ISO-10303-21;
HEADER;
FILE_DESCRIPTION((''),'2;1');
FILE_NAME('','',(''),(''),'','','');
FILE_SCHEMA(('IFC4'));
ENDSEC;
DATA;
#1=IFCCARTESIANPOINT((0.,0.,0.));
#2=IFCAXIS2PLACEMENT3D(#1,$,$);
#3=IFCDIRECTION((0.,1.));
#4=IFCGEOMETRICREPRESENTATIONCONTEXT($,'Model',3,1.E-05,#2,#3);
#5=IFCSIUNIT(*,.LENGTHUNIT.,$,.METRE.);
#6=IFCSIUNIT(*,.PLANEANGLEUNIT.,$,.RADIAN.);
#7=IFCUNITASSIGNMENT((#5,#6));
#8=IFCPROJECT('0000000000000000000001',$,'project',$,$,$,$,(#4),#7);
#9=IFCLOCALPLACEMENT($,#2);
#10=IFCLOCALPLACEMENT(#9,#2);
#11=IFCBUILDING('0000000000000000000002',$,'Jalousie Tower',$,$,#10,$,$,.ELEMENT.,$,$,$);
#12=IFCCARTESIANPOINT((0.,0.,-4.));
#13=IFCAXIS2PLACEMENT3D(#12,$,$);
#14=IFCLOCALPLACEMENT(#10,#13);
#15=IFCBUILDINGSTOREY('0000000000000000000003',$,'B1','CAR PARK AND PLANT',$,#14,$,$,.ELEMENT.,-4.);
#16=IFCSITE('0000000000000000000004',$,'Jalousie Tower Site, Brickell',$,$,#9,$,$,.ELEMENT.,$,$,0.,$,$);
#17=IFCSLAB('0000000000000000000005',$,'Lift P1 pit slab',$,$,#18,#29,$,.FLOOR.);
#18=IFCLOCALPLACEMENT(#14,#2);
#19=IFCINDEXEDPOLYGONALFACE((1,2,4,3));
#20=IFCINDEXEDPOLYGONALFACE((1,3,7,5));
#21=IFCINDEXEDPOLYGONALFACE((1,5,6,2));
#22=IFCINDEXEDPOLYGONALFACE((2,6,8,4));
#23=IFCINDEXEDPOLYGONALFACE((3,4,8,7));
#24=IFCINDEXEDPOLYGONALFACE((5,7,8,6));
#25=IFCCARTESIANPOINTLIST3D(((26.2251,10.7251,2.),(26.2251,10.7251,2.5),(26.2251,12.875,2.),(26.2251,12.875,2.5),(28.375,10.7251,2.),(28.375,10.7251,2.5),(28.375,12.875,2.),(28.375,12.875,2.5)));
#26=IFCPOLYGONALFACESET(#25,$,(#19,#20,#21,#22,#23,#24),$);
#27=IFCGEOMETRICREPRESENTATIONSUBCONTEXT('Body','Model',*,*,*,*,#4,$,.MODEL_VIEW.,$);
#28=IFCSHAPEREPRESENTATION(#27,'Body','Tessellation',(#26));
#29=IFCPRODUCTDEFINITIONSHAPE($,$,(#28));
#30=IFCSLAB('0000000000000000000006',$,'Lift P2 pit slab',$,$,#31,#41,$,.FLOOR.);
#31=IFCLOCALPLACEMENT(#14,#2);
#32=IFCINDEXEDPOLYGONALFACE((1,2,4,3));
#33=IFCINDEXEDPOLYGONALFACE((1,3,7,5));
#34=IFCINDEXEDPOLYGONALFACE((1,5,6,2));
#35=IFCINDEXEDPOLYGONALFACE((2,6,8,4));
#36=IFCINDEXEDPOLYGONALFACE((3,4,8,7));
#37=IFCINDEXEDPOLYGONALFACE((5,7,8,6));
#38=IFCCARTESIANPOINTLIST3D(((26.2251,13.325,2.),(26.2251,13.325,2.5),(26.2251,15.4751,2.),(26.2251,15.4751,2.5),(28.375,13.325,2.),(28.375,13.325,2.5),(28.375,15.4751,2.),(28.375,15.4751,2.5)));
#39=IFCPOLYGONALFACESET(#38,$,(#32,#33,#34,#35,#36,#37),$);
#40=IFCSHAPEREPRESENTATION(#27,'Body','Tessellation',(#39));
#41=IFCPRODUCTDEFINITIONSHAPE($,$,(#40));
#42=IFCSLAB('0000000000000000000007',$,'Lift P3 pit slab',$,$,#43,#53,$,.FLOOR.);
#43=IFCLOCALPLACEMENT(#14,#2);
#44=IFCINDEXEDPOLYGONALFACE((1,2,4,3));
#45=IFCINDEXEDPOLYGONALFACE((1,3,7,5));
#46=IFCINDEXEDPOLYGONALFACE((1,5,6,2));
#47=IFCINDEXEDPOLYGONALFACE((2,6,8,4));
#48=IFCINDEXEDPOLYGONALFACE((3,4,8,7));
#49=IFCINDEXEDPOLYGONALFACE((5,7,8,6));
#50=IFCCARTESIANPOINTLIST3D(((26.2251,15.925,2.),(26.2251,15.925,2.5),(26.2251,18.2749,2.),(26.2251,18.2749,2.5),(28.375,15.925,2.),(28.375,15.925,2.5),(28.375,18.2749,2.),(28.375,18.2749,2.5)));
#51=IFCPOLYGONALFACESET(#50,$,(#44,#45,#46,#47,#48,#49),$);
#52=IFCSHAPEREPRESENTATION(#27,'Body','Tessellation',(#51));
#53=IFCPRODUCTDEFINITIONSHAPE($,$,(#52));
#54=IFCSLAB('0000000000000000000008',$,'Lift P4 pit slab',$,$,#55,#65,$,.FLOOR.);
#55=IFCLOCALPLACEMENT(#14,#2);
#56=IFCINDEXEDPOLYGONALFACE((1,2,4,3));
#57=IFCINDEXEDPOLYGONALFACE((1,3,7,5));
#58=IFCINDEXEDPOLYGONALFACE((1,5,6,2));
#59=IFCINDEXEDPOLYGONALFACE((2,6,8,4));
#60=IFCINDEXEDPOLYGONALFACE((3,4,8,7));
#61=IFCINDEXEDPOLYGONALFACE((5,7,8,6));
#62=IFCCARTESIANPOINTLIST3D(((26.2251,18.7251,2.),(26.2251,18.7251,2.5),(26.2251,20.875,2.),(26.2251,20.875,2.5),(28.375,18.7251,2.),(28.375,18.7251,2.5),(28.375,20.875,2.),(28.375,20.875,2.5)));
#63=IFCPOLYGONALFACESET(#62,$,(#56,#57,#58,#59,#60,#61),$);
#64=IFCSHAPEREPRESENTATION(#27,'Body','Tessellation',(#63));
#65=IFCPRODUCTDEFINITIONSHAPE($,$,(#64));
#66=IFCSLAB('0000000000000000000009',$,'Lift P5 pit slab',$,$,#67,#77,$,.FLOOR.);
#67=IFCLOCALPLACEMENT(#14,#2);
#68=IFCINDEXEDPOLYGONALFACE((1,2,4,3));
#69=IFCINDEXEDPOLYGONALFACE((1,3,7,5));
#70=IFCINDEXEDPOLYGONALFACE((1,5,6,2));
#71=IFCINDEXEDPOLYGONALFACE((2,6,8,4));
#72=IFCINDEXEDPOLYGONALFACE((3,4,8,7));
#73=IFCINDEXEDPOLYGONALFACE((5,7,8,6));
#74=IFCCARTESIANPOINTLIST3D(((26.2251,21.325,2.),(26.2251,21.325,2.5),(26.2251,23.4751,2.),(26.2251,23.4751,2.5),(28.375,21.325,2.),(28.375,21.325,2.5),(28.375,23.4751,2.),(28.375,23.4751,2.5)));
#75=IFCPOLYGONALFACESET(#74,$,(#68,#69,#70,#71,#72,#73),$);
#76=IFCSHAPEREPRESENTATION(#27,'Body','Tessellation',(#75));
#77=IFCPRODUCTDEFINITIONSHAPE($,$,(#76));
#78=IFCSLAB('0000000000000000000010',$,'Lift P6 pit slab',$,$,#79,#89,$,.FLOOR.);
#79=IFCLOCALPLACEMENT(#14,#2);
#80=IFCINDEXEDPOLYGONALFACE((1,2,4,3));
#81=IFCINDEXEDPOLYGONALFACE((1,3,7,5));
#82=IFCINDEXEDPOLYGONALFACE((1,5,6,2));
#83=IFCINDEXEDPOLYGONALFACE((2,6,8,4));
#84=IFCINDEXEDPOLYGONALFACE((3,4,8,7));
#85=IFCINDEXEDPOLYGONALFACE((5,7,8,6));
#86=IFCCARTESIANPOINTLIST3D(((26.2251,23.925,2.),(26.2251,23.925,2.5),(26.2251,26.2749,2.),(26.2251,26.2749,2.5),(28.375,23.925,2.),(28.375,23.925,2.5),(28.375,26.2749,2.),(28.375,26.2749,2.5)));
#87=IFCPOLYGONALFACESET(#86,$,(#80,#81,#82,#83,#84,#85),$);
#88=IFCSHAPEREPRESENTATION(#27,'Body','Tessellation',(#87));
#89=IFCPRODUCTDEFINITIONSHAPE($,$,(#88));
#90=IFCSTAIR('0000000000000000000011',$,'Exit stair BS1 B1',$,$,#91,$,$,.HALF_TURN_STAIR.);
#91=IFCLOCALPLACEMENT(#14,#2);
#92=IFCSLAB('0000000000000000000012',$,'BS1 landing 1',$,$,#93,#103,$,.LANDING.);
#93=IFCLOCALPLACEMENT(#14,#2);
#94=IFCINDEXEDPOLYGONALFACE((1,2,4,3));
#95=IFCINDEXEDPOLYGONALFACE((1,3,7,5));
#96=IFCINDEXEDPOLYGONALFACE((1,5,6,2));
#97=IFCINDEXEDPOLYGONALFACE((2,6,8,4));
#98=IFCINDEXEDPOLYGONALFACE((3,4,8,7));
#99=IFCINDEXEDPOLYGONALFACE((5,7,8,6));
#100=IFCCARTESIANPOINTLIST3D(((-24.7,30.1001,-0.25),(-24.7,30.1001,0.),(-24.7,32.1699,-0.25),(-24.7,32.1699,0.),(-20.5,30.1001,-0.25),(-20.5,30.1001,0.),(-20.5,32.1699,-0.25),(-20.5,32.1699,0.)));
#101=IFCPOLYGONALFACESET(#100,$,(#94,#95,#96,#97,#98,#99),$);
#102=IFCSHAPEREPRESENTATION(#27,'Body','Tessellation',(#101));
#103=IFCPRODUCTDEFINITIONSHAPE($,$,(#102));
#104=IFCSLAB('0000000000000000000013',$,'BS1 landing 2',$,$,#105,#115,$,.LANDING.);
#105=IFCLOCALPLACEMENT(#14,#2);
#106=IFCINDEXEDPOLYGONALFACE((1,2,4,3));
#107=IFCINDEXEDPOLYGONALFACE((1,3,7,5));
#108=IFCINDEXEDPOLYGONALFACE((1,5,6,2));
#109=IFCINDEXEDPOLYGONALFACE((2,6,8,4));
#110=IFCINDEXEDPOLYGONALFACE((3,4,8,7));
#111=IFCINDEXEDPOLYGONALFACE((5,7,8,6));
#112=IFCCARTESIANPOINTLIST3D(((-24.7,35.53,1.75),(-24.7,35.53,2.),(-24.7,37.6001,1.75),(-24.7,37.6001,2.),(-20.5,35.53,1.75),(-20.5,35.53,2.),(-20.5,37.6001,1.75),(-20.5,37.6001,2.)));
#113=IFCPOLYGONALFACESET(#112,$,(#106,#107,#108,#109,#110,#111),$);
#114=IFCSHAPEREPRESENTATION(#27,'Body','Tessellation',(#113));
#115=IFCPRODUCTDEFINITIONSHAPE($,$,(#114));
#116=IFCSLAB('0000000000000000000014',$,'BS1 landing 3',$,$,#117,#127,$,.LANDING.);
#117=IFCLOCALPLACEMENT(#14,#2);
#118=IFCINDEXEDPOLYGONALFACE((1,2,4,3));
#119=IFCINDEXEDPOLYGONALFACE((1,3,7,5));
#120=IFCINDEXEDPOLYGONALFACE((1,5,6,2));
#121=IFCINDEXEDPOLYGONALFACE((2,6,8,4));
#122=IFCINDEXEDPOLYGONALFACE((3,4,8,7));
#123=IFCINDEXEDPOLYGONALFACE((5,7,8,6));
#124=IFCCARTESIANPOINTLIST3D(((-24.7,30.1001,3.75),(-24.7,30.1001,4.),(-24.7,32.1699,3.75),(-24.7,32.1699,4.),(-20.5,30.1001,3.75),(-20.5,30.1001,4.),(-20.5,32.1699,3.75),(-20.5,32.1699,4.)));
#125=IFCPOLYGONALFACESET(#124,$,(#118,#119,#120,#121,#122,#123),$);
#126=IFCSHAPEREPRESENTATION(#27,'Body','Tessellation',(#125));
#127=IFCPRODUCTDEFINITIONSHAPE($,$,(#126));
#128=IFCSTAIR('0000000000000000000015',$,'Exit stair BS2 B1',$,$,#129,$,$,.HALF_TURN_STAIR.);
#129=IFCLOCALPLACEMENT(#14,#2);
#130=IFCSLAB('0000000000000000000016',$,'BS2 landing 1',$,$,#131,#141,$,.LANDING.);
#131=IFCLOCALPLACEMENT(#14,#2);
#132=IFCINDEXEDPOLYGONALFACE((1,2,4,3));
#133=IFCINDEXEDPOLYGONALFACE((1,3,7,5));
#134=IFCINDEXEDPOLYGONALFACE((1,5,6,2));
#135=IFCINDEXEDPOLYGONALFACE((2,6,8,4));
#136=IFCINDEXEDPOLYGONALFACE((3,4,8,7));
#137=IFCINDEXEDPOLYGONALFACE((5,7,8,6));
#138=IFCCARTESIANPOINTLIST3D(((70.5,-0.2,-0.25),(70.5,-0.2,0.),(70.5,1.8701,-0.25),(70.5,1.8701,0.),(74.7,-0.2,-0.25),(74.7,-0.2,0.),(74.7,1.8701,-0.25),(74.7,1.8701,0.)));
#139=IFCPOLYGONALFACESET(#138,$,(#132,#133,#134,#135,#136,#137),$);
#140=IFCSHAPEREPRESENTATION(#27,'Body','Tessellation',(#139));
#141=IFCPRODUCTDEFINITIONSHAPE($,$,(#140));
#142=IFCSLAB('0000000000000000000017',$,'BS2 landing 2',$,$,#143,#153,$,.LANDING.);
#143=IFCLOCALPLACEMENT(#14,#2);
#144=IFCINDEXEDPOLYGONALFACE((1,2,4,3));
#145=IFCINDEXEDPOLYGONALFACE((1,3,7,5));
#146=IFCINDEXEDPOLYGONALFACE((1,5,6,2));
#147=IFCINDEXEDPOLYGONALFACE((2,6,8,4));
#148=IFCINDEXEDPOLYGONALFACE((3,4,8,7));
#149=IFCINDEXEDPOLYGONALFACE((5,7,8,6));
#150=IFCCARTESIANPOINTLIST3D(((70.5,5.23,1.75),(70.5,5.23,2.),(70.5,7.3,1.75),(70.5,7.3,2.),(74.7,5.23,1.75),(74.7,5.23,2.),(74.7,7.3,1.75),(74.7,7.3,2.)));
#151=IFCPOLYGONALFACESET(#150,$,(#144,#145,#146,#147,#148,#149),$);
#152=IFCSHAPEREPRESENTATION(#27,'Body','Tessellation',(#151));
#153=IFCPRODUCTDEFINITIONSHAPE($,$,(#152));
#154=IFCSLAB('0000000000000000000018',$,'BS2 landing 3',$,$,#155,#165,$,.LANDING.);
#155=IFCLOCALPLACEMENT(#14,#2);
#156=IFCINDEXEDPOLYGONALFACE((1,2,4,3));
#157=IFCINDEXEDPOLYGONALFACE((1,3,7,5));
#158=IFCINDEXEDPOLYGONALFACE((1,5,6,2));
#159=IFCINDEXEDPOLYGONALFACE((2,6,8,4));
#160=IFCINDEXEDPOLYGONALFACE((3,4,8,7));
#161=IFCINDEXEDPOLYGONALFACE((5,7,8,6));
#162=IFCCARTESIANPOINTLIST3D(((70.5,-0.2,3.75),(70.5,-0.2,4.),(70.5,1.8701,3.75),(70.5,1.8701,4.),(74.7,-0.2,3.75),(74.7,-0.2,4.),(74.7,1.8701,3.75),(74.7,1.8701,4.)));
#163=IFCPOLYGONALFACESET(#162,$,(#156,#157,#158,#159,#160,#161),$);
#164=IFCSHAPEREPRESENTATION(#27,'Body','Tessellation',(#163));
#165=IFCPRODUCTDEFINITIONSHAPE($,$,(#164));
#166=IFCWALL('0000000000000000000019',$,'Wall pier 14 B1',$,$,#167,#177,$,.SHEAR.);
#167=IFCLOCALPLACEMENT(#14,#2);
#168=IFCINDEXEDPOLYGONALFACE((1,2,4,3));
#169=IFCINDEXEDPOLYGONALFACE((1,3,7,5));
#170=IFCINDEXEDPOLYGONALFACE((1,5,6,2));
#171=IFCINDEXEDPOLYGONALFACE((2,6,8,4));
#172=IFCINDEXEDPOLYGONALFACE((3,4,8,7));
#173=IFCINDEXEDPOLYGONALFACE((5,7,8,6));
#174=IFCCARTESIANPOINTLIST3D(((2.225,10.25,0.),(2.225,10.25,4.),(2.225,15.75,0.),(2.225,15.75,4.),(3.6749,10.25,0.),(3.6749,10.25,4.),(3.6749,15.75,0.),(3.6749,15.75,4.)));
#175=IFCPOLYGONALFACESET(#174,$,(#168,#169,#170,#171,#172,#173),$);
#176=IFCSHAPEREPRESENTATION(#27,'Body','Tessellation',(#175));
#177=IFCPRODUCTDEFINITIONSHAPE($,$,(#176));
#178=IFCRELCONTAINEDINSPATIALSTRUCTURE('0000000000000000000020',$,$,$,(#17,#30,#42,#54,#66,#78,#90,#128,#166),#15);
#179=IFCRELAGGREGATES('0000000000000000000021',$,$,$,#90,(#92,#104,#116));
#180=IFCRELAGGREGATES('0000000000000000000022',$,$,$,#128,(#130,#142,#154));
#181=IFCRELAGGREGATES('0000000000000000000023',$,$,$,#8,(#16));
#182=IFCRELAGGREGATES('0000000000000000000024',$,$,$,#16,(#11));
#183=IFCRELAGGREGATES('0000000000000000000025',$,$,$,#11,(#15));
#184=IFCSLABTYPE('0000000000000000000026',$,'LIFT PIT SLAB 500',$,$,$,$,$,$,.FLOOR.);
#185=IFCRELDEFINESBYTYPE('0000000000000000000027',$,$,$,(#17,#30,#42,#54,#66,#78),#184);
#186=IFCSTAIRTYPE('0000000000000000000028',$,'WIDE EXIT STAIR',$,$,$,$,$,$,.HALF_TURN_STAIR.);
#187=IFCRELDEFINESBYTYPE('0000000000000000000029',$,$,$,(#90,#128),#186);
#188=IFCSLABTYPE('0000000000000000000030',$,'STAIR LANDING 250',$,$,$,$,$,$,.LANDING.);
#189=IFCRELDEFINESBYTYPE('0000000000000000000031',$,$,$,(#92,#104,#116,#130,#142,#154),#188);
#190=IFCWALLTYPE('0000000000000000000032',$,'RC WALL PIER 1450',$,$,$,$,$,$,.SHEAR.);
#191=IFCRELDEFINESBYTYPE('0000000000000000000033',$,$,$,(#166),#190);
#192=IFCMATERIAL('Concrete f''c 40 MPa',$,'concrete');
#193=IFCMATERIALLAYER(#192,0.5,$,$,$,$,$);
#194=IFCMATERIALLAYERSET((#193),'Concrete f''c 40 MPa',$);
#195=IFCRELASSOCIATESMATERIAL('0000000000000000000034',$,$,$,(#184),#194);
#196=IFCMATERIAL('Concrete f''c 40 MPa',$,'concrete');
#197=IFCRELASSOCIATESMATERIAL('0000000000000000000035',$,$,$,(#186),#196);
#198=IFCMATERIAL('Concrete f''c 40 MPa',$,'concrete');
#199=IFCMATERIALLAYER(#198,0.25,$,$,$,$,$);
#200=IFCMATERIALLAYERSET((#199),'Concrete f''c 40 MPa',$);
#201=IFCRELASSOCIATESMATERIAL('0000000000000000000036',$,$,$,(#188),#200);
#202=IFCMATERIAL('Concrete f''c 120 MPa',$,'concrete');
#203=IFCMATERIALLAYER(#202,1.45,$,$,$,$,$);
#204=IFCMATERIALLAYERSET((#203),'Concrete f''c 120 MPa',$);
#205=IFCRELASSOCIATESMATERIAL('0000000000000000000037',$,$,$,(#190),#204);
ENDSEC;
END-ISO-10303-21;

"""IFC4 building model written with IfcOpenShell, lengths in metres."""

from ifc_helpers import new_model, si_unit, direction, frame, frame_2d, origin, place, context, subcontext, project, spatial, polyline, rectangle, outline, extrude, material, layer, layer_set, type_object, element, aggregate, save


model = new_model("IFC4")

# Units and contexts
model_context = context("Model", 3, precision=1e-05, world=origin(), true_north=direction((0.0, 1.0)))
body_context = subcontext(model_context, "Body", "Model", "MODEL_VIEW")
ifc_project = project(units=[si_unit("LENGTHUNIT", "METRE"), si_unit("PLANEANGLEUNIT", "RADIAN")], contexts=[model_context])

# Site, building, storey
site_placement = place(None, origin())
site = spatial("IfcSite", under=ifc_project, at=site_placement, Name="Jalousie Tower Site, Brickell", CompositionType="ELEMENT", RefElevation=0.0)
building_placement = place(site_placement, origin())
building = spatial("IfcBuilding", under=site, at=building_placement, Name="Jalousie Tower", CompositionType="ELEMENT")
storey_placement = place(building_placement, frame((0.0, 0.0, -4.0)))
storey = spatial("IfcBuildingStorey", under=building, at=storey_placement, Name="B1", Description="CAR PARK AND PLANT", CompositionType="ELEMENT", Elevation=-4.0)

# Slabs
ifc_material_1 = material(Name="Concrete f'c 40 MPa", Category="concrete")
ifc_layer_1 = layer(ifc_material_1, 0.5)
ifc_layer_set_1 = layer_set([ifc_layer_1], Name="Concrete f'c 40 MPa")
slab_type_1 = type_object("IfcSlabType", Name="LIFT PIT SLAB 500", PredefinedType="FLOOR", material=ifc_layer_set_1)
slab_1_placement = place(storey_placement, frame((0.0, 0.0, 2.0)))
element("IfcSlab", 1, at=slab_1_placement, inside=storey, type_object=slab_type_1, Name="Lift P1 pit slab", PredefinedType="FLOOR", context=body_context, shape_type="SweptSolid", body=[
    extrude(outline(polyline([(26.2251, 10.7251), (28.375, 10.7251), (28.375, 12.875), (26.2251, 12.875), (26.2251, 10.7251)])), origin(), (0.0, 0.0, 1.0), 0.5),
])
slab_2_placement = place(storey_placement, frame((0.0, 0.0, 2.0)))
element("IfcSlab", 2, at=slab_2_placement, inside=storey, type_object=slab_type_1, Name="Lift P2 pit slab", PredefinedType="FLOOR", context=body_context, shape_type="SweptSolid", body=[
    extrude(outline(polyline([(26.2251, 13.325), (28.375, 13.325), (28.375, 15.4751), (26.2251, 15.4751), (26.2251, 13.325)])), origin(), (0.0, 0.0, 1.0), 0.5),
])
slab_3_placement = place(storey_placement, frame((0.0, 0.0, 2.0)))
element("IfcSlab", 3, at=slab_3_placement, inside=storey, type_object=slab_type_1, Name="Lift P3 pit slab", PredefinedType="FLOOR", context=body_context, shape_type="SweptSolid", body=[
    extrude(outline(polyline([(26.2251, 15.925), (28.375, 15.925), (28.375, 18.2749), (26.2251, 18.2749), (26.2251, 15.925)])), origin(), (0.0, 0.0, 1.0), 0.5),
])
slab_4_placement = place(storey_placement, frame((0.0, 0.0, 2.0)))
element("IfcSlab", 4, at=slab_4_placement, inside=storey, type_object=slab_type_1, Name="Lift P4 pit slab", PredefinedType="FLOOR", context=body_context, shape_type="SweptSolid", body=[
    extrude(outline(polyline([(26.2251, 18.7251), (28.375, 18.7251), (28.375, 20.875), (26.2251, 20.875), (26.2251, 18.7251)])), origin(), (0.0, 0.0, 1.0), 0.5),
])
slab_5_placement = place(storey_placement, frame((0.0, 0.0, 2.0)))
element("IfcSlab", 5, at=slab_5_placement, inside=storey, type_object=slab_type_1, Name="Lift P5 pit slab", PredefinedType="FLOOR", context=body_context, shape_type="SweptSolid", body=[
    extrude(outline(polyline([(26.2251, 21.325), (28.375, 21.325), (28.375, 23.4751), (26.2251, 23.4751), (26.2251, 21.325)])), origin(), (0.0, 0.0, 1.0), 0.5),
])
slab_6_placement = place(storey_placement, frame((0.0, 0.0, 2.0)))
element("IfcSlab", 6, at=slab_6_placement, inside=storey, type_object=slab_type_1, Name="Lift P6 pit slab", PredefinedType="FLOOR", context=body_context, shape_type="SweptSolid", body=[
    extrude(outline(polyline([(26.2251, 23.925), (28.375, 23.925), (28.375, 26.2749), (26.2251, 26.2749), (26.2251, 23.925)])), origin(), (0.0, 0.0, 1.0), 0.5),
])

# Stairs, slabs
ifc_material_2 = material(Name="Concrete f'c 40 MPa", Category="concrete")
stair_type = type_object("IfcStairType", Name="WIDE EXIT STAIR", PredefinedType="HALF_TURN_STAIR", material=ifc_material_2)
stair_1_placement = place(storey_placement, origin())
stair_1 = element("IfcStair", 7, at=stair_1_placement, inside=storey, type_object=stair_type, Name="Exit stair BS1 B1", PredefinedType="HALF_TURN_STAIR")
ifc_material_3 = material(Name="Concrete f'c 40 MPa", Category="concrete")
ifc_layer_2 = layer(ifc_material_3, 0.25)
ifc_layer_set_2 = layer_set([ifc_layer_2], Name="Concrete f'c 40 MPa")
slab_type_2 = type_object("IfcSlabType", Name="STAIR LANDING 250", PredefinedType="LANDING", material=ifc_layer_set_2)
slab_7_placement = place(storey_placement, frame((0.0, 0.0, -0.25)))
slab_7 = element("IfcSlab", 8, at=slab_7_placement, type_object=slab_type_2, Name="BS1 landing 1", PredefinedType="LANDING", context=body_context, shape_type="SweptSolid", body=[
    extrude(outline(polyline([(-24.7, 30.1001), (-20.5, 30.1001), (-20.5, 32.1699), (-24.7, 32.1699), (-24.7, 30.1001)])), origin(), (0.0, 0.0, 1.0), 0.25),
])
slab_8_placement = place(storey_placement, frame((0.0, 0.0, 1.75)))
slab_8 = element("IfcSlab", 9, at=slab_8_placement, type_object=slab_type_2, Name="BS1 landing 2", PredefinedType="LANDING", context=body_context, shape_type="SweptSolid", body=[
    extrude(outline(polyline([(-24.7, 35.53), (-20.5, 35.53), (-20.5, 37.6001), (-24.7, 37.6001), (-24.7, 35.53)])), origin(), (0.0, 0.0, 1.0), 0.25),
])
slab_9_placement = place(storey_placement, frame((0.0, 0.0, 3.75)))
slab_9 = element("IfcSlab", 10, at=slab_9_placement, type_object=slab_type_2, Name="BS1 landing 3", PredefinedType="LANDING", context=body_context, shape_type="SweptSolid", body=[
    extrude(outline(polyline([(-24.7, 30.1001), (-20.5, 30.1001), (-20.5, 32.1699), (-24.7, 32.1699), (-24.7, 30.1001)])), origin(), (0.0, 0.0, 1.0), 0.25),
])
aggregate(stair_1, [slab_7, slab_8, slab_9])
stair_2_placement = place(storey_placement, origin())
stair_2 = element("IfcStair", 11, at=stair_2_placement, inside=storey, type_object=stair_type, Name="Exit stair BS2 B1", PredefinedType="HALF_TURN_STAIR")
slab_10_placement = place(storey_placement, frame((0.0, 0.0, -0.25)))
slab_10 = element("IfcSlab", 12, at=slab_10_placement, type_object=slab_type_2, Name="BS2 landing 1", PredefinedType="LANDING", context=body_context, shape_type="SweptSolid", body=[
    extrude(outline(polyline([(70.5, -0.2), (74.7, -0.2), (74.7, 1.8701), (70.5, 1.8701), (70.5, -0.2)])), origin(), (0.0, 0.0, 1.0), 0.25),
])
slab_11_placement = place(storey_placement, frame((0.0, 0.0, 1.75)))
slab_11 = element("IfcSlab", 13, at=slab_11_placement, type_object=slab_type_2, Name="BS2 landing 2", PredefinedType="LANDING", context=body_context, shape_type="SweptSolid", body=[
    extrude(outline(polyline([(70.5, 5.23), (74.7, 5.23), (74.7, 7.3), (70.5, 7.3), (70.5, 5.23)])), origin(), (0.0, 0.0, 1.0), 0.25),
])
slab_12_placement = place(storey_placement, frame((0.0, 0.0, 3.75)))
slab_12 = element("IfcSlab", 14, at=slab_12_placement, type_object=slab_type_2, Name="BS2 landing 3", PredefinedType="LANDING", context=body_context, shape_type="SweptSolid", body=[
    extrude(outline(polyline([(70.5, -0.2), (74.7, -0.2), (74.7, 1.8701), (70.5, 1.8701), (70.5, -0.2)])), origin(), (0.0, 0.0, 1.0), 0.25),
])
aggregate(stair_2, [slab_10, slab_11, slab_12])

# Wall
ifc_material_4 = material(Name="Concrete f'c 120 MPa", Category="concrete")
ifc_layer_3 = layer(ifc_material_4, 1.45)
ifc_layer_set_3 = layer_set([ifc_layer_3], Name="Concrete f'c 120 MPa")
wall_type = type_object("IfcWallType", Name="RC WALL PIER 1450", PredefinedType="SHEAR", material=ifc_layer_set_3)
wall_placement = place(storey_placement, frame((2.95, 10.25, 0.0), z_axis=(0.0, 0.0, 1.0), x_axis=(0.0, 1.0, 0.0)))
element("IfcWall", 15, at=wall_placement, inside=storey, type_object=wall_type, Name="Wall pier 14 B1", PredefinedType="SHEAR", context=body_context, shape_type="SweptSolid", body=[
    extrude(rectangle(XDim=5.5, YDim=1.45, at=frame_2d((2.75, 0.0))), origin(), (0.0, 0.0, 1.0), 4.0),
])

save(model, "model.ifc")
